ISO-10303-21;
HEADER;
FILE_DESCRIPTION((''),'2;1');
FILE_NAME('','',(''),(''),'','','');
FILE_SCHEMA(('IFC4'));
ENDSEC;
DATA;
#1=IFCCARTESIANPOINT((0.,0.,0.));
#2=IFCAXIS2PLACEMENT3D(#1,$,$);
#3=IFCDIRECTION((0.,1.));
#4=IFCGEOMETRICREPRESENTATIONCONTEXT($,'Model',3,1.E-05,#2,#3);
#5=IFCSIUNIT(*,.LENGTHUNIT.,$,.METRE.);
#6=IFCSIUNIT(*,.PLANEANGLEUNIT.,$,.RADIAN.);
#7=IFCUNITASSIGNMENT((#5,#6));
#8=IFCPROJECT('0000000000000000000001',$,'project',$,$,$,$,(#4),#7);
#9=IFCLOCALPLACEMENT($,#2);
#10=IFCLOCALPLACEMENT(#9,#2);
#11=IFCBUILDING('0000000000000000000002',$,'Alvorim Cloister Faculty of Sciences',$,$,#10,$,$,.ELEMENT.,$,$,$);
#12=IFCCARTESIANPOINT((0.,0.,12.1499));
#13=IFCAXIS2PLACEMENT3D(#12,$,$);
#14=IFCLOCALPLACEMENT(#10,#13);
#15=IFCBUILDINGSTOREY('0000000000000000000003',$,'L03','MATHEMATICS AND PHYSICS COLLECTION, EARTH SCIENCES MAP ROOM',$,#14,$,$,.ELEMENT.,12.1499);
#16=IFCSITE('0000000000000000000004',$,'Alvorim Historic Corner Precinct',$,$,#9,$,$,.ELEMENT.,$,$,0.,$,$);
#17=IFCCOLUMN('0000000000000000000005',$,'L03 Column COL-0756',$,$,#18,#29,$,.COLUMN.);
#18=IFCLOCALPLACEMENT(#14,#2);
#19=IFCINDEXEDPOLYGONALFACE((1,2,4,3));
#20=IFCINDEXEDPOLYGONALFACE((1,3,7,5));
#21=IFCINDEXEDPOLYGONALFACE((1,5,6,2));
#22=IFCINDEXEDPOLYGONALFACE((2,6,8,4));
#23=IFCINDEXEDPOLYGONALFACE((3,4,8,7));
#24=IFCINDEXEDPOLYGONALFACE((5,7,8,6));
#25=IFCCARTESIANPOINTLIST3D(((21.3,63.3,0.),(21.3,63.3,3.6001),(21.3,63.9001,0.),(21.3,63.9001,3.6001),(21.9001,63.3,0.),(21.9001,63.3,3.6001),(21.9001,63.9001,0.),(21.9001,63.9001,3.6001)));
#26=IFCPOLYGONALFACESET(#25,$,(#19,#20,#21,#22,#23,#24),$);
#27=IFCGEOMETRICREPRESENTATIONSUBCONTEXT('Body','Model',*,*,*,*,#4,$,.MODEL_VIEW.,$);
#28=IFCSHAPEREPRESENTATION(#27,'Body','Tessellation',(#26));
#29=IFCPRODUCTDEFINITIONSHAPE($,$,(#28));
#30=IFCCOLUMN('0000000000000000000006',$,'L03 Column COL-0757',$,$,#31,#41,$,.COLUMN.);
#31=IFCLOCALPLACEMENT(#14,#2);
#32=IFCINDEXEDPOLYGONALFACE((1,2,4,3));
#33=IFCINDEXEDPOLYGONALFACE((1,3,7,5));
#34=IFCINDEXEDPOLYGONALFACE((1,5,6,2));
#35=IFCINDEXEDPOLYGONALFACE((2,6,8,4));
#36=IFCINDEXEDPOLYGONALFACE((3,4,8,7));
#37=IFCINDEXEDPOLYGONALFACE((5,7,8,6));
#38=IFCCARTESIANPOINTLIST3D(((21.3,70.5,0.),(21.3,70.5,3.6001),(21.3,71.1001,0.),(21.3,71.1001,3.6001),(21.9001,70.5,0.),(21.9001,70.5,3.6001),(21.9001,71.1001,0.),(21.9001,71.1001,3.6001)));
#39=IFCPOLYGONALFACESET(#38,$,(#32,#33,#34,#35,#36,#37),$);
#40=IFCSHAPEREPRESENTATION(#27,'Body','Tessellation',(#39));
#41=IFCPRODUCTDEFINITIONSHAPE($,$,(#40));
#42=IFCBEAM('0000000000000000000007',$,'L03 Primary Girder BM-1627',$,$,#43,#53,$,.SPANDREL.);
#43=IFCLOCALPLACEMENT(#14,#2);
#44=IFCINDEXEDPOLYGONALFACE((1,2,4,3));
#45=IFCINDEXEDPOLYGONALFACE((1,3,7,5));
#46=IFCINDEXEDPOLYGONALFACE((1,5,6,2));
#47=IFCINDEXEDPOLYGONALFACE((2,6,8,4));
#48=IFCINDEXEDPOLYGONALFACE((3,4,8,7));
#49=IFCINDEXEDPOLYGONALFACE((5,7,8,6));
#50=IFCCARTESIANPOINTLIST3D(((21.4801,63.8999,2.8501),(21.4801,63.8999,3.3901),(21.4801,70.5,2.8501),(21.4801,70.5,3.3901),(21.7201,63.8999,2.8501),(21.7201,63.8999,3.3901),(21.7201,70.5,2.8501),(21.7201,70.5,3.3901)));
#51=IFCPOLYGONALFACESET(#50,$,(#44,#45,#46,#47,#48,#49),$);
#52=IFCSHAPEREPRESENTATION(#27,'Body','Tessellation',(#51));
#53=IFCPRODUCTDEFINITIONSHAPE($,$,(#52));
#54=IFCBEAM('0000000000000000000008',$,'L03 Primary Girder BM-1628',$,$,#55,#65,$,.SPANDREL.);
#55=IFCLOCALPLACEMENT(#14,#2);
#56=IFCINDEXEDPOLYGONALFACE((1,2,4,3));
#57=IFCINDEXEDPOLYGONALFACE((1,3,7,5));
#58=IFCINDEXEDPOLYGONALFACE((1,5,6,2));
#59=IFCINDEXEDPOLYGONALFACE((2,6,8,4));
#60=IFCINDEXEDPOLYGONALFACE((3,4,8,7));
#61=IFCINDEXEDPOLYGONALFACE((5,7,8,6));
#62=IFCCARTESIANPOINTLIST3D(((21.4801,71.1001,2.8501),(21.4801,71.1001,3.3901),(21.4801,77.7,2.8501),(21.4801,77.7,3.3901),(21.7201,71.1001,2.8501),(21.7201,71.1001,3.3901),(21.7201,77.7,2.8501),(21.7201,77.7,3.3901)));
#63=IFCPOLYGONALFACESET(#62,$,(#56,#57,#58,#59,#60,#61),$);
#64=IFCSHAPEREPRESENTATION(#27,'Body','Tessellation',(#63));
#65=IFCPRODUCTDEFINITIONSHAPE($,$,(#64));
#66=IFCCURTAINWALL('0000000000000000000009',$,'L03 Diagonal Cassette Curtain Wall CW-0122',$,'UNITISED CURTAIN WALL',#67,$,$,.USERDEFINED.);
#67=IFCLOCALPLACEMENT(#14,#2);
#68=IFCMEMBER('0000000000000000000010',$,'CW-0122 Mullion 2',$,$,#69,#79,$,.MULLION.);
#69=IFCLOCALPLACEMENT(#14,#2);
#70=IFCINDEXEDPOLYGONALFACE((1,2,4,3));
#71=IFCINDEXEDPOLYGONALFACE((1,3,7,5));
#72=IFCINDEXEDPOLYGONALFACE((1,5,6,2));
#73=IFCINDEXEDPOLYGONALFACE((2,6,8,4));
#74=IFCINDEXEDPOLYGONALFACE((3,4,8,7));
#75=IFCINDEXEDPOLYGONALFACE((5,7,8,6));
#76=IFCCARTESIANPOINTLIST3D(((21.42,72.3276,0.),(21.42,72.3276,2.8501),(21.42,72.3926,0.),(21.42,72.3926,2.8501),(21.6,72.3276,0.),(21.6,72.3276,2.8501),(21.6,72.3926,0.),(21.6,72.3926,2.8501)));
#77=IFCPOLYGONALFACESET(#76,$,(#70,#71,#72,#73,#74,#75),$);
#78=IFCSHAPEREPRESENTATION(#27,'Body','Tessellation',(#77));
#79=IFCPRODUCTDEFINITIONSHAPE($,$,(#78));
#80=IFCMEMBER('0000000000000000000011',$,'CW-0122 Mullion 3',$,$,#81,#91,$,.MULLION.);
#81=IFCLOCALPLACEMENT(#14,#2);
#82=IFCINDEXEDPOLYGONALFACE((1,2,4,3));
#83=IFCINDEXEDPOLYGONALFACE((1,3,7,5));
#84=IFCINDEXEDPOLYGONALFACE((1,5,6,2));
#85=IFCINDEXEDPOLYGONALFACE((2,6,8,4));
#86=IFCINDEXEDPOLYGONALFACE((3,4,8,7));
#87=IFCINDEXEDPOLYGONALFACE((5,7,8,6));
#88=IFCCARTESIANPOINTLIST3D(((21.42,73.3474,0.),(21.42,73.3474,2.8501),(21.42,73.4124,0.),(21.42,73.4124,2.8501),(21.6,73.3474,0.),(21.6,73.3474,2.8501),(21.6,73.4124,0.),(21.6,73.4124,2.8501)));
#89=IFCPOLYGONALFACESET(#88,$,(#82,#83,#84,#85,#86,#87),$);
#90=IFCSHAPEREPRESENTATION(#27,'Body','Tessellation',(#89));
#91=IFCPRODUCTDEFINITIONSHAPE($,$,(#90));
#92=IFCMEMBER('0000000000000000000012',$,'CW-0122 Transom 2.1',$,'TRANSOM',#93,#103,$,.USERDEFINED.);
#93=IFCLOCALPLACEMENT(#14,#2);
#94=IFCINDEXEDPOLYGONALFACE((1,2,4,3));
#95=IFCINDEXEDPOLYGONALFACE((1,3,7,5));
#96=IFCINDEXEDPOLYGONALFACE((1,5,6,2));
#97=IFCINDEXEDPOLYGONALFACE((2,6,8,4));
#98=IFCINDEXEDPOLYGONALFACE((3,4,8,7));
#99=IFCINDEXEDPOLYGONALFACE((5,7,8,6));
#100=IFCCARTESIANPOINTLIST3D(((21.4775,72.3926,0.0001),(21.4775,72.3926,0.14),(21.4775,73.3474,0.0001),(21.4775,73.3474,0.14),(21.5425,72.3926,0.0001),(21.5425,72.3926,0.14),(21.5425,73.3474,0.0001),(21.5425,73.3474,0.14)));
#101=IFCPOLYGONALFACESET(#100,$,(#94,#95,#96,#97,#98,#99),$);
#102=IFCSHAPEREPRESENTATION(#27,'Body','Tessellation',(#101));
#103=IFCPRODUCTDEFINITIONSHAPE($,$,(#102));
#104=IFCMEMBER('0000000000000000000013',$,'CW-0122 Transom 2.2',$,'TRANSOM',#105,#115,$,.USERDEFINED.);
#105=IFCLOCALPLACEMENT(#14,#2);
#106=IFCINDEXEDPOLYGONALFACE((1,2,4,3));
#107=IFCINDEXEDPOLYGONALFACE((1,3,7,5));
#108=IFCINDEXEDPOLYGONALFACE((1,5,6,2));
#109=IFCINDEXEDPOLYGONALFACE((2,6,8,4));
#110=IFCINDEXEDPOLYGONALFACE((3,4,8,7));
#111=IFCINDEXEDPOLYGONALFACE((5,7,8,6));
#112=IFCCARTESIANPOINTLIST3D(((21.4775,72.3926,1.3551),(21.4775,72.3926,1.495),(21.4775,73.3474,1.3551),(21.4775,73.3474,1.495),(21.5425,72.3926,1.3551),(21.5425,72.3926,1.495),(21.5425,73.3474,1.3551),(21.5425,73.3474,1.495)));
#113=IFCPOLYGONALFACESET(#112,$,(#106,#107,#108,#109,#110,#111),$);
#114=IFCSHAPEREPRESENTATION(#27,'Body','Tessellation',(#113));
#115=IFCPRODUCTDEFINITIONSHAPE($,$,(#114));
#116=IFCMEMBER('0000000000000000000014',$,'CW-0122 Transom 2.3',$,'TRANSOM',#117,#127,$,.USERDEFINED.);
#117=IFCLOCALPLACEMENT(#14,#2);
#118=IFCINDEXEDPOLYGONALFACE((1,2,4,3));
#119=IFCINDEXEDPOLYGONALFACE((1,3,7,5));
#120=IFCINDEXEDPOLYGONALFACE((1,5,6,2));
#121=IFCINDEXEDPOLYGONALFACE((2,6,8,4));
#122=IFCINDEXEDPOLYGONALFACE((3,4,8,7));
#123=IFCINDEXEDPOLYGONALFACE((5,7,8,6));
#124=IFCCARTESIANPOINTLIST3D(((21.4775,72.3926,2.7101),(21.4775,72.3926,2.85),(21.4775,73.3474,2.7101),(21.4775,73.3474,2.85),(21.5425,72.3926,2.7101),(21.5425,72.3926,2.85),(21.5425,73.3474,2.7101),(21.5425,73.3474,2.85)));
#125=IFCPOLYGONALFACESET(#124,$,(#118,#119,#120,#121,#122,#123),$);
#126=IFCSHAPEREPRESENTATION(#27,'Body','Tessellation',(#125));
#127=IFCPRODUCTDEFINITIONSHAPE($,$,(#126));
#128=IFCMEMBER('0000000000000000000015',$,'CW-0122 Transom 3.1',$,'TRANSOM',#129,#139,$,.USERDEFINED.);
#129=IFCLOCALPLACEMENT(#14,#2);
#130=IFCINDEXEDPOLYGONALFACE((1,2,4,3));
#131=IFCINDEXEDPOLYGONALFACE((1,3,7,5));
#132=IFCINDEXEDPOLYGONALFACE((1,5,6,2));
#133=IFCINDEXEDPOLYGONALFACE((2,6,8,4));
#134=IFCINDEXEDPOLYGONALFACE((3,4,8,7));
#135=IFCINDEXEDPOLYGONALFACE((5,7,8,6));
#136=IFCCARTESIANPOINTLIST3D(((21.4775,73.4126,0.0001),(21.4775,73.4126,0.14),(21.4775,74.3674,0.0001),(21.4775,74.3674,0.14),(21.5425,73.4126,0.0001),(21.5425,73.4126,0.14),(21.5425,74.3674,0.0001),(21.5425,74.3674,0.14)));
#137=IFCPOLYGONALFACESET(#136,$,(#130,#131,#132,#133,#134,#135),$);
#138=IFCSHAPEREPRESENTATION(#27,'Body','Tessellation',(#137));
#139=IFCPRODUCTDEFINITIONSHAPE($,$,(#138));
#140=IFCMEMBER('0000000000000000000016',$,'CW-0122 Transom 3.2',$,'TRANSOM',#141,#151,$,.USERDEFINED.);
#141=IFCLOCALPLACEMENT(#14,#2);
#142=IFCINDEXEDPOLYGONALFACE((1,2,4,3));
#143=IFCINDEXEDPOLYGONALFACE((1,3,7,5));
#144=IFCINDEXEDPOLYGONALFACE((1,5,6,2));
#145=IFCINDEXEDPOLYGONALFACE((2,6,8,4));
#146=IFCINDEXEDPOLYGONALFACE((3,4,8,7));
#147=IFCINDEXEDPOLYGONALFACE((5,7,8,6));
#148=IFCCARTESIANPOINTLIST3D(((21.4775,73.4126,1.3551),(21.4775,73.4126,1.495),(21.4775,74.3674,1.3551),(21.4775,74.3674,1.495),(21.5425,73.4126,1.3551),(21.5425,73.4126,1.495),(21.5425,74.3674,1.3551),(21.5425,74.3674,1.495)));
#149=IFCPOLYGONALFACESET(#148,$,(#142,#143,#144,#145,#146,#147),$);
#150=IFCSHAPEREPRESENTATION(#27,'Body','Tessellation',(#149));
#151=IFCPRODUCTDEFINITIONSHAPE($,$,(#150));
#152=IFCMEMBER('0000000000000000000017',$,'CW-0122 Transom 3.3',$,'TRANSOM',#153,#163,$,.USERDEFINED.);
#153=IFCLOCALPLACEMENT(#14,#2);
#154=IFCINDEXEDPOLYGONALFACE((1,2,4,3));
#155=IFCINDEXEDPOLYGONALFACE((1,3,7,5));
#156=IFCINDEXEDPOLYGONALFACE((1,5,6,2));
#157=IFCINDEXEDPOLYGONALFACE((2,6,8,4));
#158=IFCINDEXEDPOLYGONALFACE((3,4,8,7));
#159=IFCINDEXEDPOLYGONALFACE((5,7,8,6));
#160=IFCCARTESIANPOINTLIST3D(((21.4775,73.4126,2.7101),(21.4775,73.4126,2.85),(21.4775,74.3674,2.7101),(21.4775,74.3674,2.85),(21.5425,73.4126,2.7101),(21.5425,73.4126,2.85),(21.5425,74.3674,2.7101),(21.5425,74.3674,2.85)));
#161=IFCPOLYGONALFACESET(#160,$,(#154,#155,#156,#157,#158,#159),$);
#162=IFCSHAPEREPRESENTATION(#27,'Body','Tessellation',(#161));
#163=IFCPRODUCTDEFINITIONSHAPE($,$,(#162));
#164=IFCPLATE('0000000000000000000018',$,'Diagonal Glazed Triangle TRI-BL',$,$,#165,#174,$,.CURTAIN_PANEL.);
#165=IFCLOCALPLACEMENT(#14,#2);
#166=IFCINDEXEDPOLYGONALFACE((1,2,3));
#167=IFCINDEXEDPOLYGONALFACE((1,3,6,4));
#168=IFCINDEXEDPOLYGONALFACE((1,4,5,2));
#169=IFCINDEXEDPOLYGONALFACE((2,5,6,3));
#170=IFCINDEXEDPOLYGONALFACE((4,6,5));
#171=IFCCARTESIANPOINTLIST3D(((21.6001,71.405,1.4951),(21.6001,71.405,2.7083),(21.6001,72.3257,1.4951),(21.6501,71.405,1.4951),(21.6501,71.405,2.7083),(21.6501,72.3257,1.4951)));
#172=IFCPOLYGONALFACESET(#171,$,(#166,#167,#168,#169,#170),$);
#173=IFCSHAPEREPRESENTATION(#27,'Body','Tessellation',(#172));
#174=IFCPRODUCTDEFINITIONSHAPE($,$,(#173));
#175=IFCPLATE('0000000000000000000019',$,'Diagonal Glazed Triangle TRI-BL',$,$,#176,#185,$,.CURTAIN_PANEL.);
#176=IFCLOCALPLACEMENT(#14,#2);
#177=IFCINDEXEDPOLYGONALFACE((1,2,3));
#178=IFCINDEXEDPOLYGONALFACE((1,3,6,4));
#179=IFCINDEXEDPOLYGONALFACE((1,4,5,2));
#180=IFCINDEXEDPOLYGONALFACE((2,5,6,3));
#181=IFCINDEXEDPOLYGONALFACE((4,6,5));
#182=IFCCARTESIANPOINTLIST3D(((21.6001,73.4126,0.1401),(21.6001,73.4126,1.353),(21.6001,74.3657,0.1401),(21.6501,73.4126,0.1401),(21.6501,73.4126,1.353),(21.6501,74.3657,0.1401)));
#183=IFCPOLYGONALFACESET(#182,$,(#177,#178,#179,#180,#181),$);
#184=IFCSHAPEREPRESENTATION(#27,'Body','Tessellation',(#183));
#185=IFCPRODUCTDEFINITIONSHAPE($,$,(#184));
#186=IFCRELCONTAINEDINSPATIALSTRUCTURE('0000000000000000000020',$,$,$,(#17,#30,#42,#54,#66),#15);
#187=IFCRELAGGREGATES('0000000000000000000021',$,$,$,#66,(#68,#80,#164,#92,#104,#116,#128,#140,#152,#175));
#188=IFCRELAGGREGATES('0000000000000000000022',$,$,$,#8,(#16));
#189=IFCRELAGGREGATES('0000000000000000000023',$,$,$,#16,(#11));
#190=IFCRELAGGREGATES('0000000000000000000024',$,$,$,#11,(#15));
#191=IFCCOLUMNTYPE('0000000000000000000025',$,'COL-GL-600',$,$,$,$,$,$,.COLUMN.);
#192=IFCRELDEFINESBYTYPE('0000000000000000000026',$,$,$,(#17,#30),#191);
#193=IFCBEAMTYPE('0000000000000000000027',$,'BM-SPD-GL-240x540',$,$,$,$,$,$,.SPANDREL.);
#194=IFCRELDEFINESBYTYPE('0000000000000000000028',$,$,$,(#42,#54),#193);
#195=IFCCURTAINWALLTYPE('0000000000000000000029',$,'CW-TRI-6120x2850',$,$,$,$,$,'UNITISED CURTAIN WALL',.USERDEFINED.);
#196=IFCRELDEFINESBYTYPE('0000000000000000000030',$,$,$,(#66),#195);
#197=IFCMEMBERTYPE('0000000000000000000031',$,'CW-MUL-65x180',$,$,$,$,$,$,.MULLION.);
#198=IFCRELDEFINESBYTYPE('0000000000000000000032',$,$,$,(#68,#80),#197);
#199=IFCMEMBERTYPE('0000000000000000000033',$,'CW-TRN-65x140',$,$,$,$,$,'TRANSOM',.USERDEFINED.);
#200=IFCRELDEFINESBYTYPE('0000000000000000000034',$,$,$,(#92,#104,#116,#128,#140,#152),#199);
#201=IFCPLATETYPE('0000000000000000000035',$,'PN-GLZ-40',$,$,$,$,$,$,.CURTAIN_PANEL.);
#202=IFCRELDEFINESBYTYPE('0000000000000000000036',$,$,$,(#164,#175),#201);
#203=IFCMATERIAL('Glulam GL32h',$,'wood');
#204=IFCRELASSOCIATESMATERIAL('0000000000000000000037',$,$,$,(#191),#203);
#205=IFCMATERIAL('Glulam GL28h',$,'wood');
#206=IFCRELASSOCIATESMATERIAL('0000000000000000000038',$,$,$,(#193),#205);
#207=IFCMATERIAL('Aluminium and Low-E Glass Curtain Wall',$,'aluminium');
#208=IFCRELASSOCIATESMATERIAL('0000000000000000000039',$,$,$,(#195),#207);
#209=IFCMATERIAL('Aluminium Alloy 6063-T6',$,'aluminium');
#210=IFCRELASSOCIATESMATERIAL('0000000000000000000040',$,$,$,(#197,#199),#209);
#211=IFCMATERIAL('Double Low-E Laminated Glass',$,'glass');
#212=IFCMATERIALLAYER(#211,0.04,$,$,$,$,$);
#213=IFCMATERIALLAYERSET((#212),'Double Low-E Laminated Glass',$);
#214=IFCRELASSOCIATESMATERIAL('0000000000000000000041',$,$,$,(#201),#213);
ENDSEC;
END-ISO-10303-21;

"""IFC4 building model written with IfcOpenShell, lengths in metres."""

from ifc_helpers import new_model, si_unit, direction, frame, origin, origin_2d, place, context, subcontext, project, spatial, polyline, rectangle, outline, extrude, material, layer, layer_set, material_profile, profile_set, type_object, element, aggregate, save


model = new_model("IFC4")

# Units and contexts
model_context = context("Model", 3, precision=1e-05, world=origin(), true_north=direction((0.0, 1.0)))
body_context = subcontext(model_context, "Body", "Model", "MODEL_VIEW")
ifc_project = project(units=[si_unit("LENGTHUNIT", "METRE"), si_unit("PLANEANGLEUNIT", "RADIAN")], contexts=[model_context])

# Site, building, storey
site_placement = place(None, origin())
site = spatial("IfcSite", under=ifc_project, at=site_placement, Name="Alvorim Historic Corner Precinct", CompositionType="ELEMENT", RefElevation=0.0)
building_placement = place(site_placement, origin())
building = spatial("IfcBuilding", under=site, at=building_placement, Name="Alvorim Cloister Faculty of Sciences", CompositionType="ELEMENT")
storey_placement = place(building_placement, frame((0.0, 0.0, 12.1499)))
storey = spatial("IfcBuildingStorey", under=building, at=storey_placement, Name="L03", Description="MATHEMATICS AND PHYSICS COLLECTION, EARTH SCIENCES MAP ROOM", CompositionType="ELEMENT", Elevation=12.1499)

# Columns
ifc_material_1 = material(Name="Glulam GL32h", Category="wood")
ifc_material_profile_1 = material_profile(ifc_material_1, rectangle(XDim=0.6001, YDim=0.6001, at=origin_2d()), Name="GL32-COL-600x600")
ifc_profile_set_1 = profile_set([ifc_material_profile_1], Name="Glulam GL32h")
column_type = type_object("IfcColumnType", Name="COL-GL-600", PredefinedType="COLUMN", material=ifc_profile_set_1)
for number, where, z_axis, x_axis, name in (
    (1, (21.6001, 63.6001, 0.0), (0.0, 0.0, 1.0), (1.0, 0.0, 0.0), "L03 Column COL-0756"),
    (2, (21.6001, 70.8, 0.0), (0.0, 0.0, 1.0), (1.0, 0.0, 0.0), "L03 Column COL-0757"),
):
    element("IfcColumn", number, at=place(storey_placement, frame(where, z_axis=z_axis, x_axis=x_axis)), inside=storey, type_object=column_type, Name=name, PredefinedType="COLUMN", context=body_context, shape_type="SweptSolid", body=[
        extrude(rectangle(XDim=0.6001, YDim=0.6001, at=origin_2d()), origin(), (0.0, 0.0, 1.0), 3.6001),
    ])

# Beams
ifc_material_2 = material(Name="Glulam GL28h", Category="wood")
ifc_material_profile_2 = material_profile(ifc_material_2, rectangle(XDim=0.24, YDim=0.54, at=origin_2d()), Name="GL28-SPD-240x540")
ifc_profile_set_2 = profile_set([ifc_material_profile_2], Name="Glulam GL28h")
beam_type = type_object("IfcBeamType", Name="BM-SPD-GL-240x540", PredefinedType="SPANDREL", material=ifc_profile_set_2)
beam_1_placement = place(storey_placement, frame((21.6001, 63.8999, 3.1201), z_axis=(0.0, 1.0, 0.0), x_axis=(-1.0, 0.0, 0.0)))
element("IfcBeam", 3, at=beam_1_placement, inside=storey, type_object=beam_type, Name="L03 Primary Girder BM-1627", PredefinedType="SPANDREL", context=body_context, shape_type="SweptSolid", body=[
    extrude(rectangle(XDim=0.24, YDim=0.54, at=origin_2d()), origin(), (0.0, 0.0, 1.0), 6.6001),
])
beam_2_placement = place(storey_placement, frame((21.6001, 71.1001, 3.1201), z_axis=(0.0, 1.0, 0.0), x_axis=(-1.0, 0.0, 0.0)))
element("IfcBeam", 4, at=beam_2_placement, inside=storey, type_object=beam_type, Name="L03 Primary Girder BM-1628", PredefinedType="SPANDREL", context=body_context, shape_type="SweptSolid", body=[
    extrude(rectangle(XDim=0.24, YDim=0.54, at=origin_2d()), origin(), (0.0, 0.0, 1.0), 6.5999),
])

# Curtain wall, members, plates
ifc_material_3 = material(Name="Aluminium and Low-E Glass Curtain Wall", Category="aluminium")
curtain_wall_type = type_object("IfcCurtainWallType", Name="CW-TRI-6120x2850", ElementType="UNITISED CURTAIN WALL", PredefinedType="USERDEFINED", material=ifc_material_3)
curtain_wall_1_placement = place(storey_placement, origin())
curtain_wall_1 = element("IfcCurtainWall", 5, at=curtain_wall_1_placement, inside=storey, type_object=curtain_wall_type, Name="L03 Diagonal Cassette Curtain Wall CW-0122", ObjectType="UNITISED CURTAIN WALL", PredefinedType="USERDEFINED")
ifc_material_4 = material(Name="Aluminium Alloy 6063-T6", Category="aluminium")
ifc_material_profile_3 = material_profile(ifc_material_4, rectangle(XDim=0.0649, YDim=0.1799, at=origin_2d()), Name="ALU-MUL-65x180")
ifc_profile_set_3 = profile_set([ifc_material_profile_3], Name="Aluminium Alloy 6063-T6")
member_type_1 = type_object("IfcMemberType", Name="CW-MUL-65x180", PredefinedType="MULLION", material=ifc_profile_set_3)
member_1_placement = place(storey_placement, frame((21.51, 72.3601, 0.0), z_axis=(0.0, 0.0, 1.0), x_axis=(0.0, 1.0, 0.0)))
member_1 = element("IfcMember", 6, at=member_1_placement, type_object=member_type_1, Name="CW-0122 Mullion 2", PredefinedType="MULLION", context=body_context, shape_type="SweptSolid", body=[
    extrude(rectangle(XDim=0.0649, YDim=0.1799, at=origin_2d()), origin(), (0.0, 0.0, 1.0), 2.8501),
])
member_2_placement = place(storey_placement, frame((21.51, 73.3799, 0.0), z_axis=(0.0, 0.0, 1.0), x_axis=(0.0, 1.0, 0.0)))
member_2 = element("IfcMember", 7, at=member_2_placement, type_object=member_type_1, Name="CW-0122 Mullion 3", PredefinedType="MULLION", context=body_context, shape_type="SweptSolid", body=[
    extrude(rectangle(XDim=0.0649, YDim=0.1799, at=origin_2d()), origin(), (0.0, 0.0, 1.0), 2.8501),
])
ifc_material_profile_4 = material_profile(ifc_material_4, rectangle(XDim=0.0649, YDim=0.1399, at=origin_2d()), Name="ALU-TRN-65x140")
ifc_profile_set_4 = profile_set([ifc_material_profile_4], Name="Aluminium Alloy 6063-T6")
member_type_2 = type_object("IfcMemberType", Name="CW-TRN-65x140", ElementType="TRANSOM", PredefinedType="USERDEFINED", material=ifc_profile_set_4)
member_3_placement = place(storey_placement, frame((21.51, 72.3926, 0.0701), z_axis=(0.0, 1.0, 0.0), x_axis=(-1.0, 0.0, 0.0)))
member_3 = element("IfcMember", 8, at=member_3_placement, type_object=member_type_2, Name="CW-0122 Transom 2.1", ObjectType="TRANSOM", PredefinedType="USERDEFINED", context=body_context, shape_type="SweptSolid", body=[
    extrude(rectangle(XDim=0.0649, YDim=0.1399, at=origin_2d()), origin(), (0.0, 0.0, 1.0), 0.9548),
])
member_4_placement = place(storey_placement, frame((21.51, 72.3926, 1.425), z_axis=(0.0, 1.0, 0.0), x_axis=(-1.0, 0.0, 0.0)))
member_4 = element("IfcMember", 9, at=member_4_placement, type_object=member_type_2, Name="CW-0122 Transom 2.2", ObjectType="TRANSOM", PredefinedType="USERDEFINED", context=body_context, shape_type="SweptSolid", body=[
    extrude(rectangle(XDim=0.0649, YDim=0.1399, at=origin_2d()), origin(), (0.0, 0.0, 1.0), 0.9548),
])
member_5_placement = place(storey_placement, frame((21.51, 72.3926, 2.78), z_axis=(0.0, 1.0, 0.0), x_axis=(-1.0, 0.0, 0.0)))
member_5 = element("IfcMember", 10, at=member_5_placement, type_object=member_type_2, Name="CW-0122 Transom 2.3", ObjectType="TRANSOM", PredefinedType="USERDEFINED", context=body_context, shape_type="SweptSolid", body=[
    extrude(rectangle(XDim=0.0649, YDim=0.1399, at=origin_2d()), origin(), (0.0, 0.0, 1.0), 0.9548),
])
member_6_placement = place(storey_placement, frame((21.51, 73.4126, 0.0701), z_axis=(0.0, 1.0, 0.0), x_axis=(-1.0, 0.0, 0.0)))
member_6 = element("IfcMember", 11, at=member_6_placement, type_object=member_type_2, Name="CW-0122 Transom 3.1", ObjectType="TRANSOM", PredefinedType="USERDEFINED", context=body_context, shape_type="SweptSolid", body=[
    extrude(rectangle(XDim=0.0649, YDim=0.1399, at=origin_2d()), origin(), (0.0, 0.0, 1.0), 0.9548),
])
member_7_placement = place(storey_placement, frame((21.51, 73.4126, 1.425), z_axis=(0.0, 1.0, 0.0), x_axis=(-1.0, 0.0, 0.0)))
member_7 = element("IfcMember", 12, at=member_7_placement, type_object=member_type_2, Name="CW-0122 Transom 3.2", ObjectType="TRANSOM", PredefinedType="USERDEFINED", context=body_context, shape_type="SweptSolid", body=[
    extrude(rectangle(XDim=0.0649, YDim=0.1399, at=origin_2d()), origin(), (0.0, 0.0, 1.0), 0.9548),
])
member_8_placement = place(storey_placement, frame((21.51, 73.4126, 2.78), z_axis=(0.0, 1.0, 0.0), x_axis=(-1.0, 0.0, 0.0)))
member_8 = element("IfcMember", 13, at=member_8_placement, type_object=member_type_2, Name="CW-0122 Transom 3.3", ObjectType="TRANSOM", PredefinedType="USERDEFINED", context=body_context, shape_type="SweptSolid", body=[
    extrude(rectangle(XDim=0.0649, YDim=0.1399, at=origin_2d()), origin(), (0.0, 0.0, 1.0), 0.9548),
])
ifc_material_5 = material(Name="Double Low-E Laminated Glass", Category="glass")
ifc_layer_1 = layer(ifc_material_5, 0.04)
ifc_layer_set_1 = layer_set([ifc_layer_1], Name="Double Low-E Laminated Glass")
plate_type = type_object("IfcPlateType", Name="PN-GLZ-40", PredefinedType="CURTAIN_PANEL", material=ifc_layer_set_1)
plate_1_placement = place(storey_placement, frame((21.625, 71.405, 1.4951), z_axis=(0.0, 0.0, 1.0), x_axis=(0.0, 1.0, 0.0)))
plate_1 = element("IfcPlate", 14, at=plate_1_placement, type_object=plate_type, Name="Diagonal Glazed Triangle TRI-BL", PredefinedType="CURTAIN_PANEL", context=body_context, shape_type="SweptSolid", body=[
    extrude(outline(polyline([(0.0, 0.0), (0.9207, 0.0), (0.0, 1.2131), (0.0, 0.0)])), frame((0.0, 0.0249, 0.0), z_axis=(0.0, -1.0, 0.0), x_axis=(1.0, 0.0, 0.0)), (0.0, 0.0, 1.0), 0.05),
])
plate_2_placement = place(storey_placement, frame((21.625, 73.4126, 0.1401), z_axis=(0.0, 0.0, 1.0), x_axis=(0.0, 1.0, 0.0)))
plate_2 = element("IfcPlate", 15, at=plate_2_placement, type_object=plate_type, Name="Diagonal Glazed Triangle TRI-BL", PredefinedType="CURTAIN_PANEL", context=body_context, shape_type="SweptSolid", body=[
    extrude(outline(polyline([(0.0, 0.0), (0.9531, 0.0), (0.0, 1.2129), (0.0, 0.0)])), frame((0.0, 0.0249, 0.0), z_axis=(0.0, -1.0, 0.0), x_axis=(1.0, 0.0, 0.0)), (0.0, 0.0, 1.0), 0.05),
])
aggregate(curtain_wall_1, [member_1, member_2, plate_1, member_3, member_4, member_5, member_6, member_7, member_8, plate_2])

save(model, "model.ifc")
